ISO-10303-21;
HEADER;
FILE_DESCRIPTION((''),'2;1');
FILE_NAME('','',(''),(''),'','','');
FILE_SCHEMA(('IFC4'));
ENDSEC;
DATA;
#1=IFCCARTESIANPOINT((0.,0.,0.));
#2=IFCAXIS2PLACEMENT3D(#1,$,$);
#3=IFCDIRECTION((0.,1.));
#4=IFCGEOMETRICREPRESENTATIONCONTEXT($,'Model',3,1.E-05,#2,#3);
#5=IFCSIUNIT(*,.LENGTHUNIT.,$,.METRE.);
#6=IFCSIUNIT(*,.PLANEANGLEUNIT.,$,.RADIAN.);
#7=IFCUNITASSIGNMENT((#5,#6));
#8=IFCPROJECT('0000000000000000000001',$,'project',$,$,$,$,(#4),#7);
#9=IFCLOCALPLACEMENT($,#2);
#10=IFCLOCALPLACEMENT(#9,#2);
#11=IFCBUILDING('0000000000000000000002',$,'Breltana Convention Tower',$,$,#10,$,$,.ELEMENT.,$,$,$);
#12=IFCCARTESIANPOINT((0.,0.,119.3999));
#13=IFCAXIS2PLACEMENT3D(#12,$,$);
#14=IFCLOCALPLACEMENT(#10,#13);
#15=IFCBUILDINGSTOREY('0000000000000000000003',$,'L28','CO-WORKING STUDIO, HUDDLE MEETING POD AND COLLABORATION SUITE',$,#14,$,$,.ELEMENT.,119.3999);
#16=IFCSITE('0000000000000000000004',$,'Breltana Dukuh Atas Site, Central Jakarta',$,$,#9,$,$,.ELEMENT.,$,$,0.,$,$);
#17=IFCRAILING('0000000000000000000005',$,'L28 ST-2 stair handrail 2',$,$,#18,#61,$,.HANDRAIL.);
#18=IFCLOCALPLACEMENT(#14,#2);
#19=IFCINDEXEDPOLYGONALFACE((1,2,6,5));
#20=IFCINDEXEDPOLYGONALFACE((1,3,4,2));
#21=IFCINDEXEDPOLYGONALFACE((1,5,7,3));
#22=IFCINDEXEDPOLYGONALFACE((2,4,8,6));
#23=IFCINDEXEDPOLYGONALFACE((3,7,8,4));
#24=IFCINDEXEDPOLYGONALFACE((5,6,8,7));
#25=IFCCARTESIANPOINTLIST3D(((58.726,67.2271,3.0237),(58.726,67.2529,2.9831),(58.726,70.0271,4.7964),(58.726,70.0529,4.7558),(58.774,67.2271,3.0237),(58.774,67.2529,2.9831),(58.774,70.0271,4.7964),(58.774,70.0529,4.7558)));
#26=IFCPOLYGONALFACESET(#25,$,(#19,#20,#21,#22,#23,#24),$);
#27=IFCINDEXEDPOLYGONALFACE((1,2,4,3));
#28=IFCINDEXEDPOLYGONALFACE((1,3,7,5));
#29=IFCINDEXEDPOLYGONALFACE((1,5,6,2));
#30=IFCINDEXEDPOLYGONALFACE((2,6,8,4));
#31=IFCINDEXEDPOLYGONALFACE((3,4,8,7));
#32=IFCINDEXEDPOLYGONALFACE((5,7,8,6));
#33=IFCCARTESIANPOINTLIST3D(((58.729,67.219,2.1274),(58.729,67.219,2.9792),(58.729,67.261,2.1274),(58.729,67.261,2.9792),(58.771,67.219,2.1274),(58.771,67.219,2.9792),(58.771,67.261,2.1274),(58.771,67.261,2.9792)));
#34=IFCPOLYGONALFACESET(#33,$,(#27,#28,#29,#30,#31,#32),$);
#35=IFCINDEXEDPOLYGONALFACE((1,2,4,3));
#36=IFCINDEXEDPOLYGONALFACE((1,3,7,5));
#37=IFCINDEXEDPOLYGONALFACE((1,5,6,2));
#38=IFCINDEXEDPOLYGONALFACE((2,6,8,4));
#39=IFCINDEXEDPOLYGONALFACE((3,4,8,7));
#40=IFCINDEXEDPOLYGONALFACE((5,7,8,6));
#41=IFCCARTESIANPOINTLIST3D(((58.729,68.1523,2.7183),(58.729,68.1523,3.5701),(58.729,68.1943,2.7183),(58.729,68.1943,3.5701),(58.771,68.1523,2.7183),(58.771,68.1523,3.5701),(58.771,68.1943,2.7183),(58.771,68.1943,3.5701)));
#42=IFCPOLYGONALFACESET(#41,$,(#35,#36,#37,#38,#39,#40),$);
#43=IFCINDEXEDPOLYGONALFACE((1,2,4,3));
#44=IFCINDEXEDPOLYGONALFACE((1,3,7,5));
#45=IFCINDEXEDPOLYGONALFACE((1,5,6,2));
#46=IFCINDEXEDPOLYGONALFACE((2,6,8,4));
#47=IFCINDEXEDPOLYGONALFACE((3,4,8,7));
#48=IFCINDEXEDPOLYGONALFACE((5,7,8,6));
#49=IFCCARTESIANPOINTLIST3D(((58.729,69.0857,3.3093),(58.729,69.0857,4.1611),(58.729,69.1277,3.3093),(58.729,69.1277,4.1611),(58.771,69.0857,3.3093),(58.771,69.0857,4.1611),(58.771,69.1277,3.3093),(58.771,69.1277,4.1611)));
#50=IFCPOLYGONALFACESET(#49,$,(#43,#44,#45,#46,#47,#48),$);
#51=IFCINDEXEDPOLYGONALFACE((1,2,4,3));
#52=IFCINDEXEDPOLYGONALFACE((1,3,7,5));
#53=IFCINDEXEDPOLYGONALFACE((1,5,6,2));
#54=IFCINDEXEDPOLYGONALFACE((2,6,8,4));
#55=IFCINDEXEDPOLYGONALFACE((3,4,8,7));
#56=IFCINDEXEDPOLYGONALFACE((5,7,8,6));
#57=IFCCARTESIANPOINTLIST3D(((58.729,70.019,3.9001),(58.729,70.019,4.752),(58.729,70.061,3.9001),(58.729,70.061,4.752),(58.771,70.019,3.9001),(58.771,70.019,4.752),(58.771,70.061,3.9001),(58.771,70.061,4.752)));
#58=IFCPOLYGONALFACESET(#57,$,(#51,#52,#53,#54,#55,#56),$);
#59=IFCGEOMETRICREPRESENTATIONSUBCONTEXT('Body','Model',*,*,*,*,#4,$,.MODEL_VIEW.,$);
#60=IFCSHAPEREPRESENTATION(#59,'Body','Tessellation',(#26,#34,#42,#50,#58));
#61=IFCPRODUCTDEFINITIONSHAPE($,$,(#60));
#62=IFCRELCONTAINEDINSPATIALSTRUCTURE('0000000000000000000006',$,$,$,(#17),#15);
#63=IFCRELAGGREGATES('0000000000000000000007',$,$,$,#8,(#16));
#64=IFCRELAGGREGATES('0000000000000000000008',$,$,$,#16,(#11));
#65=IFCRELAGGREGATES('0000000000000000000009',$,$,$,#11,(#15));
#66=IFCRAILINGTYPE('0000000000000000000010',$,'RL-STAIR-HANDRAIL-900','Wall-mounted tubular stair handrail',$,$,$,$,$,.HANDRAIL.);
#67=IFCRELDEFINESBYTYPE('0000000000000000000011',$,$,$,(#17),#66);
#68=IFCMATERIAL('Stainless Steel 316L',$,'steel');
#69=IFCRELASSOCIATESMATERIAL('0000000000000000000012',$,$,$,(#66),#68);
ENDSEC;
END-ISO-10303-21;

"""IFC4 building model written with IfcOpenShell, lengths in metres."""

from ifc_helpers import new_model, si_unit, direction, frame, origin, origin_2d, place, context, subcontext, project, spatial, rectangle, extrude, material, type_object, element, save


model = new_model("IFC4")

# Units and contexts
model_context = context("Model", 3, precision=1e-05, world=origin(), true_north=direction((0.0, 1.0)))
body_context = subcontext(model_context, "Body", "Model", "MODEL_VIEW")
ifc_project = project(units=[si_unit("LENGTHUNIT", "METRE"), si_unit("PLANEANGLEUNIT", "RADIAN")], contexts=[model_context])

# Site, building, storey
site_placement = place(None, origin())
site = spatial("IfcSite", under=ifc_project, at=site_placement, Name="Breltana Dukuh Atas Site, Central Jakarta", CompositionType="ELEMENT", RefElevation=0.0)
building_placement = place(site_placement, origin())
building = spatial("IfcBuilding", under=site, at=building_placement, Name="Breltana Convention Tower", CompositionType="ELEMENT")
storey_placement = place(building_placement, frame((0.0, 0.0, 119.3999)))
storey = spatial("IfcBuildingStorey", under=building, at=storey_placement, Name="L28", Description="CO-WORKING STUDIO, HUDDLE MEETING POD AND COLLABORATION SUITE", CompositionType="ELEMENT", Elevation=119.3999)

# Railing
ifc_material_1 = material(Name="Stainless Steel 316L", Category="steel")
railing_type_1 = type_object("IfcRailingType", Name="RL-STAIR-HANDRAIL-900", Description="Wall-mounted tubular stair handrail", PredefinedType="HANDRAIL", material=ifc_material_1)
railing_1_placement = place(storey_placement, frame((58.75, 67.24, 2.1274)))
element("IfcRailing", 1, at=railing_1_placement, inside=storey, type_object=railing_type_1, Name="L28 ST-2 stair handrail 2", PredefinedType="HANDRAIL", context=body_context, shape_type="SweptSolid", body=[
    extrude(rectangle(XDim=0.0481, YDim=0.0481, at=origin_2d()), frame((0.0, 0.0, 0.876), z_axis=(0.0, 0.844909, 0.53491), x_axis=(-1.0, 0.0, 0.0)), (0.0, 0.0, 1.0), 3.314),
    extrude(rectangle(XDim=0.042, YDim=0.042, at=origin_2d()), origin(), (0.0, 0.0, 1.0), 0.8518),
    extrude(rectangle(XDim=0.042, YDim=0.042, at=origin_2d()), frame((0.0, 0.9333, 0.5908)), (0.0, 0.0, 1.0), 0.8518),
    extrude(rectangle(XDim=0.042, YDim=0.042, at=origin_2d()), frame((0.0, 1.8667, 1.1819)), (0.0, 0.0, 1.0), 0.8518),
    extrude(rectangle(XDim=0.042, YDim=0.042, at=origin_2d()), frame((0.0, 2.8, 1.7727)), (0.0, 0.0, 1.0), 0.8518),
])

save(model, "model.ifc")
